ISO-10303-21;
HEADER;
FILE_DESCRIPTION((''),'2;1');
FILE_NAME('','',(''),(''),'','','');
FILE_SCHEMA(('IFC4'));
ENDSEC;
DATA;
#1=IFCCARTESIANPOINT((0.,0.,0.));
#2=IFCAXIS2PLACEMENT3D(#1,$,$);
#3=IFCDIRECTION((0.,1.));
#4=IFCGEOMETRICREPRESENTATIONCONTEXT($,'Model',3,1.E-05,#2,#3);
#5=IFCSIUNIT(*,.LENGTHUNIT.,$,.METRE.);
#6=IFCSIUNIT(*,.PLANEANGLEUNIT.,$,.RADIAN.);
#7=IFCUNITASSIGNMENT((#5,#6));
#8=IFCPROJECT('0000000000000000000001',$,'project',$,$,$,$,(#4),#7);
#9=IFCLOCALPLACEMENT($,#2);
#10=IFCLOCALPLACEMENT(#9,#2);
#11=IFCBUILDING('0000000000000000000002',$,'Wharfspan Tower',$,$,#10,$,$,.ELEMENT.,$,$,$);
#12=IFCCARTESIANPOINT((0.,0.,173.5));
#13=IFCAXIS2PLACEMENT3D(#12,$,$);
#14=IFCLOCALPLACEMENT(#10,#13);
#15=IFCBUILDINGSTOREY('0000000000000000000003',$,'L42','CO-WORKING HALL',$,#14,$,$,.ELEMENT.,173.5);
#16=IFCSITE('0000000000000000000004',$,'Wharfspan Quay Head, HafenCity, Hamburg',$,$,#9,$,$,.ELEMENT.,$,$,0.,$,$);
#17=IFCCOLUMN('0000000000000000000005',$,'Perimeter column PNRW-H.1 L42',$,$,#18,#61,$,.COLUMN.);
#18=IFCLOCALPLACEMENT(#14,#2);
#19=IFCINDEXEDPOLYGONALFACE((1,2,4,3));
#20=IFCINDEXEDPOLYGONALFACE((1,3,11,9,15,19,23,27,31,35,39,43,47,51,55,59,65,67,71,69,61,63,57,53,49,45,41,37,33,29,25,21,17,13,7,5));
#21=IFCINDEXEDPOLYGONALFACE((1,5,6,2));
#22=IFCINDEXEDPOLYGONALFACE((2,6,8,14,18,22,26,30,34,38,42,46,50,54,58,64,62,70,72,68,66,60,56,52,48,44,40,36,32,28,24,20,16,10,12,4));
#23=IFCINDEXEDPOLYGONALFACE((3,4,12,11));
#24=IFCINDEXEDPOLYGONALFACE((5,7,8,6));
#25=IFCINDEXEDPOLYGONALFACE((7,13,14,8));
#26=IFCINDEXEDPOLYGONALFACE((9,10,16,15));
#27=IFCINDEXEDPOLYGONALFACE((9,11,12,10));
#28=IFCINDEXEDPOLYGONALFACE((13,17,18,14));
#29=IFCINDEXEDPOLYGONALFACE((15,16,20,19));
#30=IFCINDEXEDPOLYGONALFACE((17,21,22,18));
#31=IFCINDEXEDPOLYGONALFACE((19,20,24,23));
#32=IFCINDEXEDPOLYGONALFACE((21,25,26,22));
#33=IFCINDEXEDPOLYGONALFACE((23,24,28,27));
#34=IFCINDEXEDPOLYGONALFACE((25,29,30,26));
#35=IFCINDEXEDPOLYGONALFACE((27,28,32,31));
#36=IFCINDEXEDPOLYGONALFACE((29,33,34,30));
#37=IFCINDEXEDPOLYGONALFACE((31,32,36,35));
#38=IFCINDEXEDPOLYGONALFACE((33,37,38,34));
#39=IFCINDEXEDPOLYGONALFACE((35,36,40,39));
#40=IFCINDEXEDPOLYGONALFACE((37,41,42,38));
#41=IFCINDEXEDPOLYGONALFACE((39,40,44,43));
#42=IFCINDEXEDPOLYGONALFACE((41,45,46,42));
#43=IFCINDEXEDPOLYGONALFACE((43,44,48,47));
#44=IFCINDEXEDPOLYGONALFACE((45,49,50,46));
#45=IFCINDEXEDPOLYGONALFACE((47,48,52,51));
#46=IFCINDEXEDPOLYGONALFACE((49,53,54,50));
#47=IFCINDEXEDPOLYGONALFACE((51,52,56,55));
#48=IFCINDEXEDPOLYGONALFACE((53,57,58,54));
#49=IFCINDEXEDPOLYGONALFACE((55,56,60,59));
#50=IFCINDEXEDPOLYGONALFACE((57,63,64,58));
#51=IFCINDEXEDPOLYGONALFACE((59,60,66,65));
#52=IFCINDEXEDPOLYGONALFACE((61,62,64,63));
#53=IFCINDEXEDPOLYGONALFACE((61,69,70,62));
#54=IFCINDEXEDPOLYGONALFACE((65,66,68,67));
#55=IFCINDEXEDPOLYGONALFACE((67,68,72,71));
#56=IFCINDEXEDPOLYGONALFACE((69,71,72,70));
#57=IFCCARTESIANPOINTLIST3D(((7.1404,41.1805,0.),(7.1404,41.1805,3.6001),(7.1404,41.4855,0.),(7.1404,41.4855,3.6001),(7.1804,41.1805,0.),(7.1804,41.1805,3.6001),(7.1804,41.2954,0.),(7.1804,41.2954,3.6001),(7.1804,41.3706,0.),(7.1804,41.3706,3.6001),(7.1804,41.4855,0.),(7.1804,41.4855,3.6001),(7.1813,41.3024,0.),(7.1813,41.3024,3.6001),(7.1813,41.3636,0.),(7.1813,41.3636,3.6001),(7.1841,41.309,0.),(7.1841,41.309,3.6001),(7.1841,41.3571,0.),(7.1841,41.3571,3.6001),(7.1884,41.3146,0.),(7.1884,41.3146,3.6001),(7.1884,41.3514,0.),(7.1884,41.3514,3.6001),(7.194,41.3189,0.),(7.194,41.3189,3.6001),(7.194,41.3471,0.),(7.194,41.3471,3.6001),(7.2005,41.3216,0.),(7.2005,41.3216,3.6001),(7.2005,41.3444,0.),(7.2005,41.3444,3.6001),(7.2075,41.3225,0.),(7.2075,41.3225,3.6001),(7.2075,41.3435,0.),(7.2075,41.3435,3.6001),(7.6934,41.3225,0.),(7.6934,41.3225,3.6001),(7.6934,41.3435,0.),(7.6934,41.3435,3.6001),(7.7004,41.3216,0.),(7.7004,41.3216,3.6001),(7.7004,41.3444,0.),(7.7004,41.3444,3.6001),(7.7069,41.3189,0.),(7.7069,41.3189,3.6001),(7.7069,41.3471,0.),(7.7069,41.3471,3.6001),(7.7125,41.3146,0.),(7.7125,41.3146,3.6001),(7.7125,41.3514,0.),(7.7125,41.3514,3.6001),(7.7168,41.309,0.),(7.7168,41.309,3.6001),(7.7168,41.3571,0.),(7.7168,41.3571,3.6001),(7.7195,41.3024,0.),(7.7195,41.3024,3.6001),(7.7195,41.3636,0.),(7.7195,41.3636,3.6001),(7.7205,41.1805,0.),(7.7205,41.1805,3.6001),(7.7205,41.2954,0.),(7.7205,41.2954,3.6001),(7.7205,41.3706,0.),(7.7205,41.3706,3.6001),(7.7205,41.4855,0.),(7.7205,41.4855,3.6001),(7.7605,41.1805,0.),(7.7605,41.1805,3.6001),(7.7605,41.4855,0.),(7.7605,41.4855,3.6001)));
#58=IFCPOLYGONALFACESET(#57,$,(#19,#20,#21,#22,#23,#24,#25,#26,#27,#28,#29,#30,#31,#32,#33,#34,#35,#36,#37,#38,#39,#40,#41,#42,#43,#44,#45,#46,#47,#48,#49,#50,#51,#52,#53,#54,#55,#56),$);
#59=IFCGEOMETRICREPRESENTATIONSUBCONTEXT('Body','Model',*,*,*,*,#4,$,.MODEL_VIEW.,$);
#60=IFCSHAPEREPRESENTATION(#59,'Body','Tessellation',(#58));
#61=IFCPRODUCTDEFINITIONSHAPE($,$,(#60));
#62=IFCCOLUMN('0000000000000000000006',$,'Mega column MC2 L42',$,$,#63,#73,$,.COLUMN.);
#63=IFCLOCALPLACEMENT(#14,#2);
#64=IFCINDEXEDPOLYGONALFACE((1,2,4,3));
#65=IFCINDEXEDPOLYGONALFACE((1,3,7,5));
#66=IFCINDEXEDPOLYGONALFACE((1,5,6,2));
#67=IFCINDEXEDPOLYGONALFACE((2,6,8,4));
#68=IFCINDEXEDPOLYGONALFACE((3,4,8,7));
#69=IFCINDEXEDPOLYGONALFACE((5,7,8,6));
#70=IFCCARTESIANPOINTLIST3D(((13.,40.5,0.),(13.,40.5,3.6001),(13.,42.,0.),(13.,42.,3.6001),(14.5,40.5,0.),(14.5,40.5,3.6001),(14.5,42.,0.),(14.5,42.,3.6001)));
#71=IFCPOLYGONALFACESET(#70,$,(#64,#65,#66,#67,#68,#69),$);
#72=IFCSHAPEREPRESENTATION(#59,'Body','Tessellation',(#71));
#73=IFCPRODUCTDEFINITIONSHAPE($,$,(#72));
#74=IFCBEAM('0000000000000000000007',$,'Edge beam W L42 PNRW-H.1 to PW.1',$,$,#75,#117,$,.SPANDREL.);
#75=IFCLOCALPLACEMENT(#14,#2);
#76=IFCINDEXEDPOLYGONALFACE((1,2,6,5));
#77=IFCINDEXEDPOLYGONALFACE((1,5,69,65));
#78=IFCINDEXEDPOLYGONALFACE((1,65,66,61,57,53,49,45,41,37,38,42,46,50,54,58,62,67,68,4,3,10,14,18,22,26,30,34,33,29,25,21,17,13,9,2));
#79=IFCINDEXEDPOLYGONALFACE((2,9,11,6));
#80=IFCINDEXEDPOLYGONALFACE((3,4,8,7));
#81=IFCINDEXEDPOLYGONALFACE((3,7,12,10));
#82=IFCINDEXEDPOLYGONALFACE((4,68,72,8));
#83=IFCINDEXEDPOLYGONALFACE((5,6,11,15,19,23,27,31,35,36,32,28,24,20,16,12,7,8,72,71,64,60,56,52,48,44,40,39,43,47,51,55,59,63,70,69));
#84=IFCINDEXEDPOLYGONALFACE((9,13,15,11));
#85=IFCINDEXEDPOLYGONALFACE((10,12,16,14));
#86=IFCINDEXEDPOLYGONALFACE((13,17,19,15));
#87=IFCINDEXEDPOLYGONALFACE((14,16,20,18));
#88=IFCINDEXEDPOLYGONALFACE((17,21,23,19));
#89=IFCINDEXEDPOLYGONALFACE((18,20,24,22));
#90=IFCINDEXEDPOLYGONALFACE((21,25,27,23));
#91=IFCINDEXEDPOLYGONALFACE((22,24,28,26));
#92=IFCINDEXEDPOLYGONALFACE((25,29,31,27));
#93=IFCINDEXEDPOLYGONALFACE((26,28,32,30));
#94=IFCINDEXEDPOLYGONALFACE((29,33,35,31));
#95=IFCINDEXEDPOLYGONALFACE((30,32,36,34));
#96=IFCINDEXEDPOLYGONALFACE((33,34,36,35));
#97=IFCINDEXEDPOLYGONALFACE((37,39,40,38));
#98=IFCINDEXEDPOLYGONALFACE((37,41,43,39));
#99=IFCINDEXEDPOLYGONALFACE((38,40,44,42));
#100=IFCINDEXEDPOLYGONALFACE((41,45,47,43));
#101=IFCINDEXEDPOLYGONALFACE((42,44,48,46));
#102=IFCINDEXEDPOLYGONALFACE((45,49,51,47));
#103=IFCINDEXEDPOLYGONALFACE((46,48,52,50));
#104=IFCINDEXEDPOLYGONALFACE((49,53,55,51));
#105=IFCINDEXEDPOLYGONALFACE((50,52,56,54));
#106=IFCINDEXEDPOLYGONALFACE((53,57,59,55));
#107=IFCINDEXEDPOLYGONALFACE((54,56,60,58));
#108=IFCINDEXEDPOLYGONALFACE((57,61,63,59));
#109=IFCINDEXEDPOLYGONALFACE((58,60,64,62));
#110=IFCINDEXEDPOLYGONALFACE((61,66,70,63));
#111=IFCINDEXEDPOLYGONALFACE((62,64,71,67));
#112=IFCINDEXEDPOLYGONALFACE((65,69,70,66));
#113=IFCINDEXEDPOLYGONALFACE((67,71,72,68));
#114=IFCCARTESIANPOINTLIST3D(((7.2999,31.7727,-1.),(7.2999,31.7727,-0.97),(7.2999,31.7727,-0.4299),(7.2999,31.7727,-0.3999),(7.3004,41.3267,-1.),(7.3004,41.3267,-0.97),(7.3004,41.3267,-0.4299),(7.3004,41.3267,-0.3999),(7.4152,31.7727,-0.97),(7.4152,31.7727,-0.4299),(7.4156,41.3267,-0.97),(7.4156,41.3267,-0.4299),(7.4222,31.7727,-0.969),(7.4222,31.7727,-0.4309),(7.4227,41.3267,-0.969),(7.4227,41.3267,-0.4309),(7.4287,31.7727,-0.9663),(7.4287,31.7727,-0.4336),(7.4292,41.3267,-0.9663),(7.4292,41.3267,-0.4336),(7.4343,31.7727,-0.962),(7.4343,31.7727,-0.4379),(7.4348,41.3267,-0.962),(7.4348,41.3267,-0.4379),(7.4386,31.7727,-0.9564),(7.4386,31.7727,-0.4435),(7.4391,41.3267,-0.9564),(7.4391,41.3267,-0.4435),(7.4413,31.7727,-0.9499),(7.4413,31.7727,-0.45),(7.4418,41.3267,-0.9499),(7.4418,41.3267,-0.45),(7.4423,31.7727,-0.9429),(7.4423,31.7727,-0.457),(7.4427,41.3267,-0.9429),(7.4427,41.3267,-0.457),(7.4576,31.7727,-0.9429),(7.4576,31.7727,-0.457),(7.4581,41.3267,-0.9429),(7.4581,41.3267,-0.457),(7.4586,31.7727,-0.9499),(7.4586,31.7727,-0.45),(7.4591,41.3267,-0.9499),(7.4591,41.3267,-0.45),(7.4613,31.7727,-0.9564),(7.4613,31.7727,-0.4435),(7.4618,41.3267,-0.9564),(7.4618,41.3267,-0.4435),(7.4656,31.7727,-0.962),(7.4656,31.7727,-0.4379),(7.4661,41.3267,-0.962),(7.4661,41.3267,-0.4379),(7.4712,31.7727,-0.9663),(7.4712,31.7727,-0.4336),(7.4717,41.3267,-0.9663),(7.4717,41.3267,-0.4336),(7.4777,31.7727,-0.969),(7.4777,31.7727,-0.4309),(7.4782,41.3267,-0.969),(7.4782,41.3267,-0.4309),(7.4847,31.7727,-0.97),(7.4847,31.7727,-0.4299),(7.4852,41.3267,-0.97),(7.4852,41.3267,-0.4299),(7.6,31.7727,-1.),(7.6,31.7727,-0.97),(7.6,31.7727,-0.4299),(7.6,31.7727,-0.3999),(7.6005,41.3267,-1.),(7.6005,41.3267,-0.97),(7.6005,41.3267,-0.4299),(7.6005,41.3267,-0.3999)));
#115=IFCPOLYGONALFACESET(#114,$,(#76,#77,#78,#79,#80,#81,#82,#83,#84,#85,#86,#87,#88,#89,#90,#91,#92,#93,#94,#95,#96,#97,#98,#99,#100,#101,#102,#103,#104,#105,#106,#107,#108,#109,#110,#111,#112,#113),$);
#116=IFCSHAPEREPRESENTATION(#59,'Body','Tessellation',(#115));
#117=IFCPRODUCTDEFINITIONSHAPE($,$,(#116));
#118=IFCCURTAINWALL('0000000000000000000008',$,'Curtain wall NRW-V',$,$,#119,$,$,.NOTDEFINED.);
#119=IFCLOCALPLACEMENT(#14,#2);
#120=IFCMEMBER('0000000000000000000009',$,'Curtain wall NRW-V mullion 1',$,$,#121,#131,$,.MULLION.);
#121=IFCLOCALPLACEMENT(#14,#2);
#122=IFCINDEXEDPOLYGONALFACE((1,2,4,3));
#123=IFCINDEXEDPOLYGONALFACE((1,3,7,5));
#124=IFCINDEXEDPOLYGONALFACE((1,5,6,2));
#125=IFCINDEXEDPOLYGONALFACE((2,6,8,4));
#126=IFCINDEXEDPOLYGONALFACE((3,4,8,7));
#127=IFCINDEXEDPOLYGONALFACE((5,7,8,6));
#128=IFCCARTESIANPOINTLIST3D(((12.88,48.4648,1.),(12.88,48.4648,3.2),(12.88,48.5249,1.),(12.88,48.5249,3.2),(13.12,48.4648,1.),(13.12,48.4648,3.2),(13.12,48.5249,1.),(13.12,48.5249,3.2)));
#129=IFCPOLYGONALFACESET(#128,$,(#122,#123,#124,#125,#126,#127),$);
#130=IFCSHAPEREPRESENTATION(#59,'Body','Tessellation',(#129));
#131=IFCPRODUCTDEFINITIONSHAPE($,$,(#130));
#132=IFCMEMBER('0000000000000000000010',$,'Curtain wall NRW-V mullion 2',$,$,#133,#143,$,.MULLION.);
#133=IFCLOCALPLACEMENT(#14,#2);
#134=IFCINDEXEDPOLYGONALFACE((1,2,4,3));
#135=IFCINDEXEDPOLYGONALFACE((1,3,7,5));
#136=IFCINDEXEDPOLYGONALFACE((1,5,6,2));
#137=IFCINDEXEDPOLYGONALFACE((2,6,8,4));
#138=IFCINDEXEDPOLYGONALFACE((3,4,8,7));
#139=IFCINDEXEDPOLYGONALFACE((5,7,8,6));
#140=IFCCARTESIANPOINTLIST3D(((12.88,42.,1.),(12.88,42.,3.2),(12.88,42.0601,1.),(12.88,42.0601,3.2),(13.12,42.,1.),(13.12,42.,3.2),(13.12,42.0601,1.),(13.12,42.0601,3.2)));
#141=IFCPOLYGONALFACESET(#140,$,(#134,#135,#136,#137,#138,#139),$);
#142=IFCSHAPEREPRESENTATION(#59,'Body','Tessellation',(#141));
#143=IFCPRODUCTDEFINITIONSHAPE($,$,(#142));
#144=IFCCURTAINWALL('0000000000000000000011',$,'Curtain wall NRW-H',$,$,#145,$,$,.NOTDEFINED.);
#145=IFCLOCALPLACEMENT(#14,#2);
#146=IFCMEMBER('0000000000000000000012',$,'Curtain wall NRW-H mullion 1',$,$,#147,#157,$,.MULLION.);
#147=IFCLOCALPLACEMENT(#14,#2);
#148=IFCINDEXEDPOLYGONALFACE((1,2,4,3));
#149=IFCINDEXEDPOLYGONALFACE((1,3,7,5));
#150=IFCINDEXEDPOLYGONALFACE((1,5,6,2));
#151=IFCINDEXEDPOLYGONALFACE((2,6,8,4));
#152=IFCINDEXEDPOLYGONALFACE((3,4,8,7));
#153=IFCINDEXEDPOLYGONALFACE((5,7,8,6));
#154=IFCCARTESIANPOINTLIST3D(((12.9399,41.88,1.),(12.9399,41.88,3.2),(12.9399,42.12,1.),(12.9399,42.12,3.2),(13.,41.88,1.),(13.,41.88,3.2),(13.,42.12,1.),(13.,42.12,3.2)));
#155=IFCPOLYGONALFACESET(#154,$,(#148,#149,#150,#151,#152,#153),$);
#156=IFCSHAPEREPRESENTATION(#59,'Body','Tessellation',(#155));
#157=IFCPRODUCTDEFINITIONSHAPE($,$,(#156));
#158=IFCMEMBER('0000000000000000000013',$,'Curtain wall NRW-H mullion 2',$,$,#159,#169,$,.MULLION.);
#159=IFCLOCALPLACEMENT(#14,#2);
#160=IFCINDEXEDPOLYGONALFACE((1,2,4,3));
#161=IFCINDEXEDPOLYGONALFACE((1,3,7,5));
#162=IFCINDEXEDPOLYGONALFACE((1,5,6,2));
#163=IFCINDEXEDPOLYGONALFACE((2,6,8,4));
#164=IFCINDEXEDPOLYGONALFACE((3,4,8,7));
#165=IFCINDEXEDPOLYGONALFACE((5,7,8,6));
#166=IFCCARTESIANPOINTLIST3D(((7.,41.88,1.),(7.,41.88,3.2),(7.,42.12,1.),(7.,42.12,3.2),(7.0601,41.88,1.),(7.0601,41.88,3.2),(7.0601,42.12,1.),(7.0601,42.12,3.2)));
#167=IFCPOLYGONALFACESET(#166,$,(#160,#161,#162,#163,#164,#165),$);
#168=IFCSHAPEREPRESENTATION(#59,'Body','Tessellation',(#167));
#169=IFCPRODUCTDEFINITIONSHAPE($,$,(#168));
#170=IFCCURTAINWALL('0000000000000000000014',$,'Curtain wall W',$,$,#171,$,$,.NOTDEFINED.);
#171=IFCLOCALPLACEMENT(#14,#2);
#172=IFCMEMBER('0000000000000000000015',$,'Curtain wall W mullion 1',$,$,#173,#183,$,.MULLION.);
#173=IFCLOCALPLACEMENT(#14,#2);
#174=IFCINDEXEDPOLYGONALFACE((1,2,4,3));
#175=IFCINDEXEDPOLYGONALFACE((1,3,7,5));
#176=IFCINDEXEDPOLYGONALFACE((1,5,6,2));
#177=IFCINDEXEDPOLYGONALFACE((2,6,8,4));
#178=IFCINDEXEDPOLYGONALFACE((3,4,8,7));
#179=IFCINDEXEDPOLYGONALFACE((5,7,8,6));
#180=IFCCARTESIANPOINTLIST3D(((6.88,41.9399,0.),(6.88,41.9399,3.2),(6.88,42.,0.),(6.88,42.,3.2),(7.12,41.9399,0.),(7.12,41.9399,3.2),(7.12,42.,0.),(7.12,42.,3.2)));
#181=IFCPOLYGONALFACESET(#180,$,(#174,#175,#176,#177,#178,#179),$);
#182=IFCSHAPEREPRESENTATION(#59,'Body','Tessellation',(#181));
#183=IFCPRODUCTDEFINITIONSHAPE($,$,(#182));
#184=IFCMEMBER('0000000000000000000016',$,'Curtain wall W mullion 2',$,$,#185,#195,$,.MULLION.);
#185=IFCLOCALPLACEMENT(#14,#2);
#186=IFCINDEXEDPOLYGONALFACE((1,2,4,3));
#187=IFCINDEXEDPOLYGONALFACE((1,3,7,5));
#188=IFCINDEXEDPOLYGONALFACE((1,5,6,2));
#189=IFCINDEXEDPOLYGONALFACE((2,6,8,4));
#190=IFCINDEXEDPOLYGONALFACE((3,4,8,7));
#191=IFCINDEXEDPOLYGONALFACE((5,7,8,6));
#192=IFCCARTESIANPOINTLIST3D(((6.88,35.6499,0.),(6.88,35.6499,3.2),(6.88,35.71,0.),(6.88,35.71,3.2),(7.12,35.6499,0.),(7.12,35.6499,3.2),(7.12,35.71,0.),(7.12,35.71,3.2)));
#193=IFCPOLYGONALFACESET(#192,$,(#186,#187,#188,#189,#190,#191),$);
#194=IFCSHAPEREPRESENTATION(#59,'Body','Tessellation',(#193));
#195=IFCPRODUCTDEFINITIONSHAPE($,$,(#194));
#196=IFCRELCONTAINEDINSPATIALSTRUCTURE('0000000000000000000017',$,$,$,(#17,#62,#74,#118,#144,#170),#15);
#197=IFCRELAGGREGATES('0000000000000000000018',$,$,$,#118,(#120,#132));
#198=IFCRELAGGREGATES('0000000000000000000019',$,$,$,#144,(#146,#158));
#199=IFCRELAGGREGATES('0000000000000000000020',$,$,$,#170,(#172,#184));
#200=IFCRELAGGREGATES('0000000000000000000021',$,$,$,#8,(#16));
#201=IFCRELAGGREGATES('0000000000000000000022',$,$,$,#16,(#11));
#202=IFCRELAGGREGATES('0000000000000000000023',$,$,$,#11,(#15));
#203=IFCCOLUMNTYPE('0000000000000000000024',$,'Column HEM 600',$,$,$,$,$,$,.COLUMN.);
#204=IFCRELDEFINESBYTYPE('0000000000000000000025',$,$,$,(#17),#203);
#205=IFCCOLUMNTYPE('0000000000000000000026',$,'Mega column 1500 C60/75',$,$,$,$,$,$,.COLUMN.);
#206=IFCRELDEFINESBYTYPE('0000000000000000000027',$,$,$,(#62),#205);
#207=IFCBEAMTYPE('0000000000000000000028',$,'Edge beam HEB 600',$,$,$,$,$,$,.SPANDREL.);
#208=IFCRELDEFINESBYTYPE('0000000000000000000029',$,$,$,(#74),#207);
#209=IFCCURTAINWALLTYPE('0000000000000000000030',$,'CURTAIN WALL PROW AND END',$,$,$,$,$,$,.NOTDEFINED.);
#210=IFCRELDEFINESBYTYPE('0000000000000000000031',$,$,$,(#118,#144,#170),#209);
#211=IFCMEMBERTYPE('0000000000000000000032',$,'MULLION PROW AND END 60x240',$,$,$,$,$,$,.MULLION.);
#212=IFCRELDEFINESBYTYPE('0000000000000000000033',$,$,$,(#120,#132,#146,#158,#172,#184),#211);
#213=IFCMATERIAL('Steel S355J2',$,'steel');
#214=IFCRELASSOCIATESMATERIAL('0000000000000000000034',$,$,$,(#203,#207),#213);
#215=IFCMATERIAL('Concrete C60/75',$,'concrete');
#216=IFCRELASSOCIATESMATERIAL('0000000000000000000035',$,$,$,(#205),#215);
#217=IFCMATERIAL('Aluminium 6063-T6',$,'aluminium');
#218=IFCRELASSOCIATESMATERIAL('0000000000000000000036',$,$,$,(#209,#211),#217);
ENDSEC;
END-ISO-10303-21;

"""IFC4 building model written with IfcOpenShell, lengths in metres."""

from ifc_helpers import new_model, si_unit, direction, frame, origin, origin_2d, place, context, subcontext, project, spatial, rectangle, i_section, extrude, material, material_profile, profile_set, type_object, element, aggregate, save


model = new_model("IFC4")

# Units and contexts
model_context = context("Model", 3, precision=1e-05, world=origin(), true_north=direction((0.0, 1.0)))
body_context = subcontext(model_context, "Body", "Model", "MODEL_VIEW")
ifc_project = project(units=[si_unit("LENGTHUNIT", "METRE"), si_unit("PLANEANGLEUNIT", "RADIAN")], contexts=[model_context])

# Site, building, storey
site_placement = place(None, origin())
site = spatial("IfcSite", under=ifc_project, at=site_placement, Name="Wharfspan Quay Head, HafenCity, Hamburg", CompositionType="ELEMENT", RefElevation=0.0)
building_placement = place(site_placement, origin())
building = spatial("IfcBuilding", under=site, at=building_placement, Name="Wharfspan Tower", CompositionType="ELEMENT")
storey_placement = place(building_placement, frame((0.0, 0.0, 173.5)))
storey = spatial("IfcBuildingStorey", under=building, at=storey_placement, Name="L42", Description="CO-WORKING HALL", CompositionType="ELEMENT", Elevation=173.5)

# Columns
ifc_material_1 = material(Name="Steel S355J2", Category="steel")
ifc_material_profile_1 = material_profile(ifc_material_1, i_section(OverallWidth=0.3049, OverallDepth=0.6201, WebThickness=0.021, FlangeThickness=0.04, FilletRadius=0.0271, at=origin_2d()))
ifc_profile_set_1 = profile_set([ifc_material_profile_1], Name="Steel S355J2")
column_type_1 = type_object("IfcColumnType", Name="Column HEM 600", PredefinedType="COLUMN", material=ifc_profile_set_1)
column_1_placement = place(storey_placement, frame((7.4504, 41.333, 0.0), z_axis=(0.0, 0.0, 1.0), x_axis=(0.0, 1.0, 0.0)))
element("IfcColumn", 1, at=column_1_placement, inside=storey, type_object=column_type_1, Name="Perimeter column PNRW-H.1 L42", PredefinedType="COLUMN", context=body_context, shape_type="SweptSolid", body=[
    extrude(i_section(OverallWidth=0.3049, OverallDepth=0.6201, WebThickness=0.021, FlangeThickness=0.04, FilletRadius=0.0271, at=origin_2d()), origin(), (0.0, 0.0, 1.0), 3.6001),
])
ifc_material_2 = material(Name="Concrete C60/75", Category="concrete")
ifc_material_profile_2 = material_profile(ifc_material_2, rectangle(XDim=1.5, YDim=1.5, at=origin_2d()))
ifc_profile_set_2 = profile_set([ifc_material_profile_2], Name="Concrete C60/75")
column_type_2 = type_object("IfcColumnType", Name="Mega column 1500 C60/75", PredefinedType="COLUMN", material=ifc_profile_set_2)
column_2_placement = place(storey_placement, frame((13.75, 41.25, 0.0), z_axis=(0.0, 0.0, 1.0), x_axis=(1.0, 0.0, 0.0)))
element("IfcColumn", 2, at=column_2_placement, inside=storey, type_object=column_type_2, Name="Mega column MC2 L42", PredefinedType="COLUMN", context=body_context, shape_type="SweptSolid", body=[
    extrude(rectangle(XDim=1.5, YDim=1.5, at=origin_2d()), origin(), (0.0, 0.0, 1.0), 3.6001),
])

# Beam
ifc_material_profile_3 = material_profile(ifc_material_1, i_section(OverallWidth=0.3, OverallDepth=0.6001, WebThickness=0.0154, FlangeThickness=0.03, FilletRadius=0.0271, at=origin_2d()))
ifc_profile_set_3 = profile_set([ifc_material_profile_3], Name="Steel S355J2")
beam_type = type_object("IfcBeamType", Name="Edge beam HEB 600", PredefinedType="SPANDREL", material=ifc_profile_set_3)
beam_placement = place(storey_placement, frame((7.4504, 41.3267, -0.7), z_axis=(-0.000051, -1.0, 0.0), x_axis=(1.0, -0.000051, 0.0)))
element("IfcBeam", 3, at=beam_placement, inside=storey, type_object=beam_type, Name="Edge beam W L42 PNRW-H.1 to PW.1", PredefinedType="SPANDREL", context=body_context, shape_type="SweptSolid", body=[
    extrude(i_section(OverallWidth=0.3, OverallDepth=0.6001, WebThickness=0.0154, FlangeThickness=0.03, FilletRadius=0.0271, at=origin_2d()), origin(), (0.0, 0.0, 1.0), 9.554),
])

# Curtain walls, members
ifc_material_3 = material(Name="Aluminium 6063-T6", Category="aluminium")
curtain_wall_type = type_object("IfcCurtainWallType", Name="CURTAIN WALL PROW AND END", PredefinedType="NOTDEFINED", material=ifc_material_3)
curtain_wall_1_placement = place(storey_placement, origin())
curtain_wall_1 = element("IfcCurtainWall", 4, at=curtain_wall_1_placement, inside=storey, type_object=curtain_wall_type, Name="Curtain wall NRW-V", PredefinedType="NOTDEFINED")
ifc_material_profile_4 = material_profile(ifc_material_3, rectangle(XDim=0.24, YDim=0.0601, at=origin_2d()))
ifc_profile_set_4 = profile_set([ifc_material_profile_4], Name="Aluminium 6063-T6")
member_type_1 = type_object("IfcMemberType", Name="MULLION PROW AND END 60x240", PredefinedType="MULLION", material=ifc_profile_set_4)
member_1_placement = place(storey_placement, frame((13.0, 48.4949, 1.0), z_axis=(0.0, 0.0, 1.0), x_axis=(1.0, 0.0, 0.0)))
member_1 = element("IfcMember", 5, at=member_1_placement, type_object=member_type_1, Name="Curtain wall NRW-V mullion 1", PredefinedType="MULLION", context=body_context, shape_type="SweptSolid", body=[
    extrude(rectangle(XDim=0.24, YDim=0.0601, at=origin_2d()), origin(), (0.0, 0.0, 1.0), 2.2),
])
member_2_placement = place(storey_placement, frame((13.0, 42.03, 1.0), z_axis=(0.0, 0.0, 1.0), x_axis=(1.0, 0.0, 0.0)))
member_2 = element("IfcMember", 6, at=member_2_placement, type_object=member_type_1, Name="Curtain wall NRW-V mullion 2", PredefinedType="MULLION", context=body_context, shape_type="SweptSolid", body=[
    extrude(rectangle(XDim=0.24, YDim=0.0601, at=origin_2d()), origin(), (0.0, 0.0, 1.0), 2.2),
])
curtain_wall_2_placement = place(storey_placement, origin())
curtain_wall_2 = element("IfcCurtainWall", 7, at=curtain_wall_2_placement, inside=storey, type_object=curtain_wall_type, Name="Curtain wall NRW-H", PredefinedType="NOTDEFINED")
member_3_placement = place(storey_placement, frame((12.97, 42.0, 1.0), z_axis=(0.0, 0.0, 1.0), x_axis=(0.0, -1.0, 0.0)))
member_3 = element("IfcMember", 8, at=member_3_placement, type_object=member_type_1, Name="Curtain wall NRW-H mullion 1", PredefinedType="MULLION", context=body_context, shape_type="SweptSolid", body=[
    extrude(rectangle(XDim=0.24, YDim=0.0601, at=origin_2d()), origin(), (0.0, 0.0, 1.0), 2.2),
])
member_4_placement = place(storey_placement, frame((7.03, 42.0, 1.0), z_axis=(0.0, 0.0, 1.0), x_axis=(0.0, -1.0, 0.0)))
member_4 = element("IfcMember", 9, at=member_4_placement, type_object=member_type_1, Name="Curtain wall NRW-H mullion 2", PredefinedType="MULLION", context=body_context, shape_type="SweptSolid", body=[
    extrude(rectangle(XDim=0.24, YDim=0.0601, at=origin_2d()), origin(), (0.0, 0.0, 1.0), 2.2),
])
curtain_wall_3_placement = place(storey_placement, origin())
curtain_wall_3 = element("IfcCurtainWall", 10, at=curtain_wall_3_placement, inside=storey, type_object=curtain_wall_type, Name="Curtain wall W", PredefinedType="NOTDEFINED")
member_5_placement = place(storey_placement, frame((7.0, 41.97, 0.0), z_axis=(0.0, 0.0, 1.0), x_axis=(1.0, 0.0, 0.0)))
member_5 = element("IfcMember", 11, at=member_5_placement, type_object=member_type_1, Name="Curtain wall W mullion 1", PredefinedType="MULLION", context=body_context, shape_type="SweptSolid", body=[
    extrude(rectangle(XDim=0.24, YDim=0.0601, at=origin_2d()), origin(), (0.0, 0.0, 1.0), 3.2),
])
member_6_placement = place(storey_placement, frame((7.0, 35.6799, 0.0), z_axis=(0.0, 0.0, 1.0), x_axis=(1.0, 0.0, 0.0)))
member_6 = element("IfcMember", 12, at=member_6_placement, type_object=member_type_1, Name="Curtain wall W mullion 2", PredefinedType="MULLION", context=body_context, shape_type="SweptSolid", body=[
    extrude(rectangle(XDim=0.24, YDim=0.0601, at=origin_2d()), origin(), (0.0, 0.0, 1.0), 3.2),
])

aggregate(curtain_wall_1, [member_1, member_2])
aggregate(curtain_wall_2, [member_3, member_4])
aggregate(curtain_wall_3, [member_5, member_6])

save(model, "model.ifc")
